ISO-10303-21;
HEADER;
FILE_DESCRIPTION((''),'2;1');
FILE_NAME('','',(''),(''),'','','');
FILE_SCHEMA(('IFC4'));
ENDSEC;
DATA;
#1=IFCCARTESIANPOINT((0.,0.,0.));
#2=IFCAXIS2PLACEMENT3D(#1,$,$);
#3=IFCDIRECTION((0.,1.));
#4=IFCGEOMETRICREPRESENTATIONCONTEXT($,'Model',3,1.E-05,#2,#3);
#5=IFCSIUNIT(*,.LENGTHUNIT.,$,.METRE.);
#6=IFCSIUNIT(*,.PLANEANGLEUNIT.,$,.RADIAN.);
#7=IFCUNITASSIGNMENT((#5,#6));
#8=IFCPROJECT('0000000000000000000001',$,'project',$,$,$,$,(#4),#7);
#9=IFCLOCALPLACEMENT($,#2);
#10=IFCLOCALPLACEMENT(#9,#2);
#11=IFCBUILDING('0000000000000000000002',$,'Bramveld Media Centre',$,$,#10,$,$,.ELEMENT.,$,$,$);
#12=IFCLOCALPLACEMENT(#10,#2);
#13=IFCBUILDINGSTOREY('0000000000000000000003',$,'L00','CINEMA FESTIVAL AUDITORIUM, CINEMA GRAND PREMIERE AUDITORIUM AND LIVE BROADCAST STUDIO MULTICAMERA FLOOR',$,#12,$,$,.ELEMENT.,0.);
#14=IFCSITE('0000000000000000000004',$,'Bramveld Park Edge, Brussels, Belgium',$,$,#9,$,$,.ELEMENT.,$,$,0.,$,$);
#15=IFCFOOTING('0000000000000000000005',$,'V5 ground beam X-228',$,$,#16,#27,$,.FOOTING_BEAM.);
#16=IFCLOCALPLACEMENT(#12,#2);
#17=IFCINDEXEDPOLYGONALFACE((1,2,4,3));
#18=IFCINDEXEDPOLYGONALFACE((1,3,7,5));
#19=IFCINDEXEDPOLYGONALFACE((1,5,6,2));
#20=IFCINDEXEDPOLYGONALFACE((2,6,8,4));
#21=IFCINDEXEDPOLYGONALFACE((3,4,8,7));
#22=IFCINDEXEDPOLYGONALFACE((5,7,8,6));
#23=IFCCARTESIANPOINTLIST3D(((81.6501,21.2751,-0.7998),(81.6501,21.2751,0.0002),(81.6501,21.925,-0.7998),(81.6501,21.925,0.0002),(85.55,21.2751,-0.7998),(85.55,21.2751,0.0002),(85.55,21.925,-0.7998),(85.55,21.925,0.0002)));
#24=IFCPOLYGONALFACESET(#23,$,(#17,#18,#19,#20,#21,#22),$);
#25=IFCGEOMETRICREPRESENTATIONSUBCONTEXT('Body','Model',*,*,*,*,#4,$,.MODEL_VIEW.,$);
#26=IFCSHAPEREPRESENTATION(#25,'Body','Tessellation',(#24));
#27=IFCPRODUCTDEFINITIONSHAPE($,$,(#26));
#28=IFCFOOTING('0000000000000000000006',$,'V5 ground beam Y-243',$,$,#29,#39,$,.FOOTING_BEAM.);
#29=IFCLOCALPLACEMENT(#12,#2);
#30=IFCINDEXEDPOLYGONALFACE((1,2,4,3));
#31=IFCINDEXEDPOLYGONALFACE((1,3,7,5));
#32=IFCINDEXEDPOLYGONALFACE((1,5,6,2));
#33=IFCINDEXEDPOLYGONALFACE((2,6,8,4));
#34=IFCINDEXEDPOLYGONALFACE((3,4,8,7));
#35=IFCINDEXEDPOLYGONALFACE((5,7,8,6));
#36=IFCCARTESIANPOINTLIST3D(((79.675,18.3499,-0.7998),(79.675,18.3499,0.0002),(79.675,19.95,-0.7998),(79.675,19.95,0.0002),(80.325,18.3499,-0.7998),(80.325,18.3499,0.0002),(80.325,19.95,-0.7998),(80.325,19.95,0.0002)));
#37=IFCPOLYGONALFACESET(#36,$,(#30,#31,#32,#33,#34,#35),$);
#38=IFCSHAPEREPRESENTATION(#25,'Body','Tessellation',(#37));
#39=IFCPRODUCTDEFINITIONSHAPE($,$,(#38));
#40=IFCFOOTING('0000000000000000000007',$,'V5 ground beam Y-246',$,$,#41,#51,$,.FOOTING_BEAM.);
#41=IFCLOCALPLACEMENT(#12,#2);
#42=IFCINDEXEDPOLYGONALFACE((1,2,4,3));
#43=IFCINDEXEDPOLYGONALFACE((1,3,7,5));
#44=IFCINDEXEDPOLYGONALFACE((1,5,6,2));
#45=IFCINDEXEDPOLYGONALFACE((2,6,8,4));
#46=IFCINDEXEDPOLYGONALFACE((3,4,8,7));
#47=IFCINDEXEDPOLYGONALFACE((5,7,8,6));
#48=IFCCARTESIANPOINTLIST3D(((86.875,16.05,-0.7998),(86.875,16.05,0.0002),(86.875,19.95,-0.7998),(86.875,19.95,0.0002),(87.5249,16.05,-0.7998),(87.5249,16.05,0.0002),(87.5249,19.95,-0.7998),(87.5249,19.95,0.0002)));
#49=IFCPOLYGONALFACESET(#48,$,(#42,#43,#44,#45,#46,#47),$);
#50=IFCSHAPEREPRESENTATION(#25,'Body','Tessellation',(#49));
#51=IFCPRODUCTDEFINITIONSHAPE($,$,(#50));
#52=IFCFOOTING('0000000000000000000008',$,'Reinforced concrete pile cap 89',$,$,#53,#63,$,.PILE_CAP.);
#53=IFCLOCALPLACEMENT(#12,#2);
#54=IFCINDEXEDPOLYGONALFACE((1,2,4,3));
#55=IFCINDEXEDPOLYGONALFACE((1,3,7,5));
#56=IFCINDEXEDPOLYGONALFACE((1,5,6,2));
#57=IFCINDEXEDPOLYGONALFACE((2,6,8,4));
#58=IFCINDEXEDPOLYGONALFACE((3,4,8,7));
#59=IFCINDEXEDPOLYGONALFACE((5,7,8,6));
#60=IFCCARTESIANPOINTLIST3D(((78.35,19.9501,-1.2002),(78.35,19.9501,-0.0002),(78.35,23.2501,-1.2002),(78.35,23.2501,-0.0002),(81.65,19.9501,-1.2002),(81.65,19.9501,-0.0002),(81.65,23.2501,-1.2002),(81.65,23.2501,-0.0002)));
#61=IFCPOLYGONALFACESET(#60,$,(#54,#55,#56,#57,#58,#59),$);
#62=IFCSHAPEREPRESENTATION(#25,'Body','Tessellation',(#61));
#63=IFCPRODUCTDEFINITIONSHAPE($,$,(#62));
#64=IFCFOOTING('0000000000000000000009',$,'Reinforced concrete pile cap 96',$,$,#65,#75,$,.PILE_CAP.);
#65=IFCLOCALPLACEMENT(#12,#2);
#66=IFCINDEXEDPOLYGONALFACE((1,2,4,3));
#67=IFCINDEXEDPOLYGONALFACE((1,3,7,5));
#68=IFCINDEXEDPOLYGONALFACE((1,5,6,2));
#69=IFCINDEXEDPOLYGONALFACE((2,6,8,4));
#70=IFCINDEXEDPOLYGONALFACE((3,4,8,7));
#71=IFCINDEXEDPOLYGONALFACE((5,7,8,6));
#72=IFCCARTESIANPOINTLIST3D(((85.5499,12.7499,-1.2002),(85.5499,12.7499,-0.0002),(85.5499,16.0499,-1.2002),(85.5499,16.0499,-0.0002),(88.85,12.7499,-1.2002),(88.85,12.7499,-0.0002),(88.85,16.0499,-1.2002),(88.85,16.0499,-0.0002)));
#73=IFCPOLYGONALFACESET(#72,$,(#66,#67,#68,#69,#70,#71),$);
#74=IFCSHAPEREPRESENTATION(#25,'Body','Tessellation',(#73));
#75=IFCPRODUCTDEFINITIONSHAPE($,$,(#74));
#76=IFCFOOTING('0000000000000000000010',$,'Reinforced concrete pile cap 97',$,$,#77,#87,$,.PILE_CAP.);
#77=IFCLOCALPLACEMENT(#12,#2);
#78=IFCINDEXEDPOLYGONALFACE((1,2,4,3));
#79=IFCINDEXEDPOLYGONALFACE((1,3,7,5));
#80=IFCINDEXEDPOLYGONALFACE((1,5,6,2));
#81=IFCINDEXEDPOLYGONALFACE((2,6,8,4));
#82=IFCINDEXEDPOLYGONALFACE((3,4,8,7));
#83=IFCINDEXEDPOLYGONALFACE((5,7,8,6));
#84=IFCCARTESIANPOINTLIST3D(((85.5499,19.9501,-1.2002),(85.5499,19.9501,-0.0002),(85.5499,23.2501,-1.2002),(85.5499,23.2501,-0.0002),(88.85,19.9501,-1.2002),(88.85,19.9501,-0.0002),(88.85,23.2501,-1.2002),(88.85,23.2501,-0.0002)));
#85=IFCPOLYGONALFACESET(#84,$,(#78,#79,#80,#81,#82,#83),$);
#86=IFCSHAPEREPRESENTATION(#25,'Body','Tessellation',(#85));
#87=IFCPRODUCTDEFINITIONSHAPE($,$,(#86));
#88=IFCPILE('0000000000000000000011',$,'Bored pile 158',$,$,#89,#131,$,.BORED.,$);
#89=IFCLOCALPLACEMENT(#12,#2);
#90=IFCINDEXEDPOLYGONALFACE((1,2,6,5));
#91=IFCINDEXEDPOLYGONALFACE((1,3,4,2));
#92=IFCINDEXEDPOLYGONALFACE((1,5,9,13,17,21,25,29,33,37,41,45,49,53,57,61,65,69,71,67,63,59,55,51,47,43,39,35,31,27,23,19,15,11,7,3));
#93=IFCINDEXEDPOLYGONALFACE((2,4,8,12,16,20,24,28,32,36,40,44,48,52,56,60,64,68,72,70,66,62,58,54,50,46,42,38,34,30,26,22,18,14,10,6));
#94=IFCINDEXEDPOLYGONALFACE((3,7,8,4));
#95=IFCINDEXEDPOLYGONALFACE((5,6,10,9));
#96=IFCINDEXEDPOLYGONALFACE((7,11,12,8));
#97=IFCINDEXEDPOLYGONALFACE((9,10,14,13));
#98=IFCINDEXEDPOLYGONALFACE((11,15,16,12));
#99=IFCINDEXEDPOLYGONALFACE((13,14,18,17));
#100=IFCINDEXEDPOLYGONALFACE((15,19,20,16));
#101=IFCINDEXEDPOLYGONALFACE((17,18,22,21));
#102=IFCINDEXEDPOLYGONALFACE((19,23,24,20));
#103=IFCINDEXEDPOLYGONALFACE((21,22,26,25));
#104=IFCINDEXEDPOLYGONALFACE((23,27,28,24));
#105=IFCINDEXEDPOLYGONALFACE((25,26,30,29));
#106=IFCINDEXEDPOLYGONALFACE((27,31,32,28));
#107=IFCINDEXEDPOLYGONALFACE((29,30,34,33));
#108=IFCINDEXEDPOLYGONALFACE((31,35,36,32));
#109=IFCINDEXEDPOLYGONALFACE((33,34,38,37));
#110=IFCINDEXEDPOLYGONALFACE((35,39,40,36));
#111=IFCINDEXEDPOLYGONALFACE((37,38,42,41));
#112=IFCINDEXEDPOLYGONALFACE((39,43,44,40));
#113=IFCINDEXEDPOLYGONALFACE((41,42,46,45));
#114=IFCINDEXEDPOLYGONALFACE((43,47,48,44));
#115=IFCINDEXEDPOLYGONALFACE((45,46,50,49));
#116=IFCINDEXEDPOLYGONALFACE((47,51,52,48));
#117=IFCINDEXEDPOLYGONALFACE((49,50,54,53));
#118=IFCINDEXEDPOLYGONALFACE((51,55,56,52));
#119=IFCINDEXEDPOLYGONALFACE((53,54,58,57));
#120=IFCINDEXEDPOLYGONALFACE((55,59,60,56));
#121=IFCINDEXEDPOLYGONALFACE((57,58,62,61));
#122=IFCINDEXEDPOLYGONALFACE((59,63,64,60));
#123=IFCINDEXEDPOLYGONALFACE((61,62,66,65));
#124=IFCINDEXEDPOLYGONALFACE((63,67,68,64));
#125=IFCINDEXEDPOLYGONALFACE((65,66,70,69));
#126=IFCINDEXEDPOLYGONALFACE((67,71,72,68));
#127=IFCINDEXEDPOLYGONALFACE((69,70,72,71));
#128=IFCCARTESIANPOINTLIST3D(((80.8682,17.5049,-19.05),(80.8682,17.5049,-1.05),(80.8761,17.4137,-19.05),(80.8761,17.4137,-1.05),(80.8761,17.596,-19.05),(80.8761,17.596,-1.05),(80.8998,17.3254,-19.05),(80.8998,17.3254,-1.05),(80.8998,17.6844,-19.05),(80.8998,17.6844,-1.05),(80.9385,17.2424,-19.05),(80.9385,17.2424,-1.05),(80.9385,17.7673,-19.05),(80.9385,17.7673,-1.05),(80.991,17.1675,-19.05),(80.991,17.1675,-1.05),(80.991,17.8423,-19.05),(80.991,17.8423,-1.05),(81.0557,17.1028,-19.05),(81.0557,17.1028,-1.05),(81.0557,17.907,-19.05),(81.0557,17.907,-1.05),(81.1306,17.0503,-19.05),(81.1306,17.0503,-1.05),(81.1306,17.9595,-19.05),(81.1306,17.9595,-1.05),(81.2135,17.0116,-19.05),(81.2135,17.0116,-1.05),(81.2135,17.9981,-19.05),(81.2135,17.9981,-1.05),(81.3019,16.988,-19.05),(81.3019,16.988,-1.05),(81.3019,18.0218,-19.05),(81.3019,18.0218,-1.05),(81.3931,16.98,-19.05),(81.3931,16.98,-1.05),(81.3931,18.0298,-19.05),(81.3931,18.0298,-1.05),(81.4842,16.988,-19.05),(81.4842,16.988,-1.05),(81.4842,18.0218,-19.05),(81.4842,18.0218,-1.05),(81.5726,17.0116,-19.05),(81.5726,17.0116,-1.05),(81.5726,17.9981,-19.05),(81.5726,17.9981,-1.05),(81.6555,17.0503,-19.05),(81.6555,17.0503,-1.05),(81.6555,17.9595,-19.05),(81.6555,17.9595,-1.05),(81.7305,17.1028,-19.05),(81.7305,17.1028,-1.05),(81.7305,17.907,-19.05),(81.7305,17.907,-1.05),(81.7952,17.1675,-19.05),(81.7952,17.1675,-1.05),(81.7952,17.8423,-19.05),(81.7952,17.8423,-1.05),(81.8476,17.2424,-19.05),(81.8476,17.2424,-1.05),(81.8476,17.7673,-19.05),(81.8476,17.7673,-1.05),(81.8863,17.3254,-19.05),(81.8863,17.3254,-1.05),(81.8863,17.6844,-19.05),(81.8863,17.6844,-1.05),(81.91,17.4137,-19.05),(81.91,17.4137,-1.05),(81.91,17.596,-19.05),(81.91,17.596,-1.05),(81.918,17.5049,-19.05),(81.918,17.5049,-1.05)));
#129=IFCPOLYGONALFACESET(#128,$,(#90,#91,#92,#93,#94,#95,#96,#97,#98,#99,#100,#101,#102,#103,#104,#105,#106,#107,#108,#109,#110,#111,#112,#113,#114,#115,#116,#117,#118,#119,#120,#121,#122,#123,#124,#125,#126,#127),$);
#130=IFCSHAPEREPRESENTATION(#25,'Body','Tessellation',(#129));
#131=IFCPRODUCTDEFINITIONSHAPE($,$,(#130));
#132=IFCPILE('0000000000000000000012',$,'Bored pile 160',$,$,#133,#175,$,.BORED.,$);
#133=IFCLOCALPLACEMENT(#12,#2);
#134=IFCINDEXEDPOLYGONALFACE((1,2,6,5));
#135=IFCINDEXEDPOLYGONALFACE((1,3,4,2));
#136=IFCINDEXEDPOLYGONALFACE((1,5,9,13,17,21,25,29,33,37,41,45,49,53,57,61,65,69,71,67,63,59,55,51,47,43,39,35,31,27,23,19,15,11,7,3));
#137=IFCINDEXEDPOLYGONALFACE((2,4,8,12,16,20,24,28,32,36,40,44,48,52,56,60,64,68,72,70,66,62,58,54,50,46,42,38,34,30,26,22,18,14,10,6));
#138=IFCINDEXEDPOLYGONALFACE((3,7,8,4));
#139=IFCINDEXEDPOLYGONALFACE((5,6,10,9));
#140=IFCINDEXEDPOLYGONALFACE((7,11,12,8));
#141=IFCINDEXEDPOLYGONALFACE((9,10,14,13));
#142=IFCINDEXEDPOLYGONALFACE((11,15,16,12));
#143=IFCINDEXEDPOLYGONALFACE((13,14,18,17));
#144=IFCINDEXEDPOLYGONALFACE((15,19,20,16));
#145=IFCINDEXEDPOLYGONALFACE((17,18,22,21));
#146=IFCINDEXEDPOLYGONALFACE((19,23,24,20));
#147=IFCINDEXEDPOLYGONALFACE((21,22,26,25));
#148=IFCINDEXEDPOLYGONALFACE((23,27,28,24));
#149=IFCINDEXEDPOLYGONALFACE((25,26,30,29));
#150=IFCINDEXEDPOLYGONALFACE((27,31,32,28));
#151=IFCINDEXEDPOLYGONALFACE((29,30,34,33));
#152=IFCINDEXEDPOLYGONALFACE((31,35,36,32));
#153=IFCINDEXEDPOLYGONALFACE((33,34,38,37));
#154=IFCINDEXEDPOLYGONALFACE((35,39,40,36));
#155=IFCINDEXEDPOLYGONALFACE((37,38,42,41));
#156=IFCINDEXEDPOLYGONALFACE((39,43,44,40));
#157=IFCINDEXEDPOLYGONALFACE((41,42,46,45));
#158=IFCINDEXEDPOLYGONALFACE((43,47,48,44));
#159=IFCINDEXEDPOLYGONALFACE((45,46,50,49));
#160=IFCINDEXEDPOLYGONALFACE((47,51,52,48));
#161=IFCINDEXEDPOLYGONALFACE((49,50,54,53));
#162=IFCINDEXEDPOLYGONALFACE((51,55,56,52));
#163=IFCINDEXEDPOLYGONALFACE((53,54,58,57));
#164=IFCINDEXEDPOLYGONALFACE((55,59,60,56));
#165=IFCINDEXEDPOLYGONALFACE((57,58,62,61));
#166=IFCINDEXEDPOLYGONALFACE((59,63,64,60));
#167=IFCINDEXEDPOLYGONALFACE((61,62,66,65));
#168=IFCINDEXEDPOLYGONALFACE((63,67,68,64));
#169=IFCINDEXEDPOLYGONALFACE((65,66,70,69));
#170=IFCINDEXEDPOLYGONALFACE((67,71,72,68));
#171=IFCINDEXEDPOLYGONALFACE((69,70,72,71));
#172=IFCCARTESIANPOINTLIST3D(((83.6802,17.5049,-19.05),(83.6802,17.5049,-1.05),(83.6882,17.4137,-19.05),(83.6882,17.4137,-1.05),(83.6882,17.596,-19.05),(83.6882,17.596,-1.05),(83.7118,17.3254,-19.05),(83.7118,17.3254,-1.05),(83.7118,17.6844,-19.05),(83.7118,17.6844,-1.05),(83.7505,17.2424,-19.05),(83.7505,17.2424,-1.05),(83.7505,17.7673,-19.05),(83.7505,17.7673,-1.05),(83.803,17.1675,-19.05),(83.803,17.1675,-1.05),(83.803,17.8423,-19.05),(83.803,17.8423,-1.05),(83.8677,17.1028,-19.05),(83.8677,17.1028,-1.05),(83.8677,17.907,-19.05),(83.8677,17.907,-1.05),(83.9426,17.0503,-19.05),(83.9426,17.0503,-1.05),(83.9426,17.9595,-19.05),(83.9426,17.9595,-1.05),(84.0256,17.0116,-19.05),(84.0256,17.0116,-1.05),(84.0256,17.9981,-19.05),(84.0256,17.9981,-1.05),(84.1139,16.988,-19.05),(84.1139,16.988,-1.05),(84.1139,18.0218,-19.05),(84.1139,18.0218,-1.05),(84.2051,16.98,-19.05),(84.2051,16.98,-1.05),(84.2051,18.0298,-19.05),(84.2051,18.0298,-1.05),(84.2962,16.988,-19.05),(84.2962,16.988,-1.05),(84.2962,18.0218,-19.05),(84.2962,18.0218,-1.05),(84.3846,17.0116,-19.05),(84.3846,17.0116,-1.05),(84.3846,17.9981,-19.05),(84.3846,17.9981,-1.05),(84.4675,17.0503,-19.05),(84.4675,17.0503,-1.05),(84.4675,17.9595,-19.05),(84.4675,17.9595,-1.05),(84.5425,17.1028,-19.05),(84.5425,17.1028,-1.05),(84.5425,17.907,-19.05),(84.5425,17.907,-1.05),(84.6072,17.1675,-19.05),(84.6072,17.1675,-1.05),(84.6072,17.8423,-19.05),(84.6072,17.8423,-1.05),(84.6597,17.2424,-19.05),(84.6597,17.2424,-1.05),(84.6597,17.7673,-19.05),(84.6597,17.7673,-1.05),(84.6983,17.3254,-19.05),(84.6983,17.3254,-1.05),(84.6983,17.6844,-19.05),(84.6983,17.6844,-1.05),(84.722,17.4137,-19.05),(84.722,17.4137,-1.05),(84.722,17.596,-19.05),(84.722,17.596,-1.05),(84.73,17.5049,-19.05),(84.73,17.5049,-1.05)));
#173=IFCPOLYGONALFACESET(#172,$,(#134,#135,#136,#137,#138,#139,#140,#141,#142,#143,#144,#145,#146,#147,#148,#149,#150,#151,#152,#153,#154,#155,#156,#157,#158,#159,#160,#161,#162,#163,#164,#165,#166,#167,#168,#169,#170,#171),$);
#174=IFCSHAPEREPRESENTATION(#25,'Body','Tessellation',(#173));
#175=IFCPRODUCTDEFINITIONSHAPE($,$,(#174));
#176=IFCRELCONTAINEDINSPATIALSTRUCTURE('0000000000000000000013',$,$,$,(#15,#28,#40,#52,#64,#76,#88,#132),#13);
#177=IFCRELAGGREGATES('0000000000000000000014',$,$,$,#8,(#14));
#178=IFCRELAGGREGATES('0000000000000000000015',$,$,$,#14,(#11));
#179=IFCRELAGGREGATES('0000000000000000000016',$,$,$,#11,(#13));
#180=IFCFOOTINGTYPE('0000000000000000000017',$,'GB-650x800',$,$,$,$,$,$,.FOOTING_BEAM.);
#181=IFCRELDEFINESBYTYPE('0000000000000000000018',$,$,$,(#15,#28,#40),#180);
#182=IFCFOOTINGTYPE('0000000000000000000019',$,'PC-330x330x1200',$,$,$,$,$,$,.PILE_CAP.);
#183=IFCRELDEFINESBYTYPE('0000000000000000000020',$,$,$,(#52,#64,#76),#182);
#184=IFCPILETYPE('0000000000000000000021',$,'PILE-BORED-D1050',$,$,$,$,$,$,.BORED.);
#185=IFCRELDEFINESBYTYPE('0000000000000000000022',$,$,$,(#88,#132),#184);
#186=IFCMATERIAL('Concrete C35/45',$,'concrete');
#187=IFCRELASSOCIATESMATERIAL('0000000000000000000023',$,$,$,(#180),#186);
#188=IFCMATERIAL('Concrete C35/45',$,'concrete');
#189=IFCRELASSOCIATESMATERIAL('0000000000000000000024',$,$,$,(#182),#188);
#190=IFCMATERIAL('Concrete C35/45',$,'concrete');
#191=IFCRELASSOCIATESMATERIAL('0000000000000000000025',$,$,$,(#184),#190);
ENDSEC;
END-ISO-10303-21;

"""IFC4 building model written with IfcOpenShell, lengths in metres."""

from ifc_helpers import new_model, si_unit, direction, frame, origin, origin_2d, place, context, subcontext, project, spatial, rectangle, circle, extrude, material, material_profile, profile_set, type_object, element, save


model = new_model("IFC4")

# Units and contexts
model_context = context("Model", 3, precision=1e-05, world=origin(), true_north=direction((0.0, 1.0)))
body_context = subcontext(model_context, "Body", "Model", "MODEL_VIEW")
ifc_project = project(units=[si_unit("LENGTHUNIT", "METRE"), si_unit("PLANEANGLEUNIT", "RADIAN")], contexts=[model_context])

# Site, building, storey
site_placement = place(None, origin())
site = spatial("IfcSite", under=ifc_project, at=site_placement, Name="Bramveld Park Edge, Brussels, Belgium", CompositionType="ELEMENT", RefElevation=0.0)
building_placement = place(site_placement, origin())
building = spatial("IfcBuilding", under=site, at=building_placement, Name="Bramveld Media Centre", CompositionType="ELEMENT")
storey_placement = place(building_placement, origin())
storey = spatial("IfcBuildingStorey", under=building, at=storey_placement, Name="L00", Description="CINEMA FESTIVAL AUDITORIUM, CINEMA GRAND PREMIERE AUDITORIUM AND LIVE BROADCAST STUDIO MULTICAMERA FLOOR", CompositionType="ELEMENT", Elevation=0.0)

# Footings
ifc_material_1 = material(Name="Concrete C35/45", Category="concrete")
footing_type_1 = type_object("IfcFootingType", Name="GB-650x800", PredefinedType="FOOTING_BEAM", material=ifc_material_1)
footing_1_placement = place(storey_placement, frame((83.6001, 21.6001, -0.7998), z_axis=(0.0, 0.0, 1.0), x_axis=(1.0, 0.0, 0.0)))
element("IfcFooting", 1, at=footing_1_placement, inside=storey, type_object=footing_type_1, Name="V5 ground beam X-228", PredefinedType="FOOTING_BEAM", context=body_context, shape_type="SweptSolid", body=[
    extrude(rectangle(XDim=3.8999, YDim=0.6499, at=origin_2d()), origin(), (0.0, 0.0, 1.0), 0.8),
])
footing_2_placement = place(storey_placement, frame((80.0, 19.1499, -0.7998), z_axis=(0.0, 0.0, 1.0), x_axis=(1.0, 0.0, 0.0)))
element("IfcFooting", 2, at=footing_2_placement, inside=storey, type_object=footing_type_1, Name="V5 ground beam Y-243", PredefinedType="FOOTING_BEAM", context=body_context, shape_type="SweptSolid", body=[
    extrude(rectangle(XDim=0.6499, YDim=1.6001, at=origin_2d()), origin(), (0.0, 0.0, 1.0), 0.8),
])
footing_3_placement = place(storey_placement, frame((87.2, 18.0, -0.7998), z_axis=(0.0, 0.0, 1.0), x_axis=(1.0, 0.0, 0.0)))
element("IfcFooting", 3, at=footing_3_placement, inside=storey, type_object=footing_type_1, Name="V5 ground beam Y-246", PredefinedType="FOOTING_BEAM", context=body_context, shape_type="SweptSolid", body=[
    extrude(rectangle(XDim=0.6499, YDim=3.8999, at=origin_2d()), origin(), (0.0, 0.0, 1.0), 0.8),
])
ifc_material_2 = material(Name="Concrete C35/45", Category="concrete")
footing_type_2 = type_object("IfcFootingType", Name="PC-330x330x1200", PredefinedType="PILE_CAP", material=ifc_material_2)
for number, where, z_axis, x_axis, name in (
    (4, (80.0, 21.6001, -1.2002), (0.0, 0.0, 1.0), (1.0, 0.0, 0.0), "Reinforced concrete pile cap 89"),
    (5, (87.2, 14.3999, -1.2002), (0.0, 0.0, 1.0), (1.0, 0.0, 0.0), "Reinforced concrete pile cap 96"),
    (6, (87.2, 21.6001, -1.2002), (0.0, 0.0, 1.0), (1.0, 0.0, 0.0), "Reinforced concrete pile cap 97"),
):
    element("IfcFooting", number, at=place(storey_placement, frame(where, z_axis=z_axis, x_axis=x_axis)), inside=storey, type_object=footing_type_2, Name=name, PredefinedType="PILE_CAP", context=body_context, shape_type="SweptSolid", body=[
        extrude(rectangle(XDim=3.3, YDim=3.3, at=origin_2d()), origin(), (0.0, 0.0, 1.0), 1.2),
    ])

# Piles
ifc_material_3 = material(Name="Concrete C35/45", Category="concrete")
ifc_material_profile_1 = material_profile(ifc_material_3, circle(Radius=0.5249, at=origin_2d()), Name="BORED D1050")
ifc_profile_set_1 = profile_set([ifc_material_profile_1], Name="Concrete C35/45")
pile_type_1 = type_object("IfcPileType", Name="PILE-BORED-D1050", PredefinedType="BORED", material=ifc_profile_set_1)
for number, where, z_axis, x_axis, name in (
    (7, (81.3931, 17.5049, -1.05), (0.0, 0.0, -1.0), (1.0, 0.0, 0.0), "Bored pile 158"),
    (8, (84.2051, 17.5049, -1.05), (0.0, 0.0, -1.0), (1.0, 0.0, 0.0), "Bored pile 160"),
):
    element("IfcPile", number, at=place(storey_placement, frame(where, z_axis=z_axis, x_axis=x_axis)), inside=storey, type_object=pile_type_1, Name=name, PredefinedType="BORED", context=body_context, shape_type="SweptSolid", body=[
        extrude(circle(Radius=0.5249, at=origin_2d()), origin(), (0.0, 0.0, 1.0), 18.0),
    ])

save(model, "model.ifc")
